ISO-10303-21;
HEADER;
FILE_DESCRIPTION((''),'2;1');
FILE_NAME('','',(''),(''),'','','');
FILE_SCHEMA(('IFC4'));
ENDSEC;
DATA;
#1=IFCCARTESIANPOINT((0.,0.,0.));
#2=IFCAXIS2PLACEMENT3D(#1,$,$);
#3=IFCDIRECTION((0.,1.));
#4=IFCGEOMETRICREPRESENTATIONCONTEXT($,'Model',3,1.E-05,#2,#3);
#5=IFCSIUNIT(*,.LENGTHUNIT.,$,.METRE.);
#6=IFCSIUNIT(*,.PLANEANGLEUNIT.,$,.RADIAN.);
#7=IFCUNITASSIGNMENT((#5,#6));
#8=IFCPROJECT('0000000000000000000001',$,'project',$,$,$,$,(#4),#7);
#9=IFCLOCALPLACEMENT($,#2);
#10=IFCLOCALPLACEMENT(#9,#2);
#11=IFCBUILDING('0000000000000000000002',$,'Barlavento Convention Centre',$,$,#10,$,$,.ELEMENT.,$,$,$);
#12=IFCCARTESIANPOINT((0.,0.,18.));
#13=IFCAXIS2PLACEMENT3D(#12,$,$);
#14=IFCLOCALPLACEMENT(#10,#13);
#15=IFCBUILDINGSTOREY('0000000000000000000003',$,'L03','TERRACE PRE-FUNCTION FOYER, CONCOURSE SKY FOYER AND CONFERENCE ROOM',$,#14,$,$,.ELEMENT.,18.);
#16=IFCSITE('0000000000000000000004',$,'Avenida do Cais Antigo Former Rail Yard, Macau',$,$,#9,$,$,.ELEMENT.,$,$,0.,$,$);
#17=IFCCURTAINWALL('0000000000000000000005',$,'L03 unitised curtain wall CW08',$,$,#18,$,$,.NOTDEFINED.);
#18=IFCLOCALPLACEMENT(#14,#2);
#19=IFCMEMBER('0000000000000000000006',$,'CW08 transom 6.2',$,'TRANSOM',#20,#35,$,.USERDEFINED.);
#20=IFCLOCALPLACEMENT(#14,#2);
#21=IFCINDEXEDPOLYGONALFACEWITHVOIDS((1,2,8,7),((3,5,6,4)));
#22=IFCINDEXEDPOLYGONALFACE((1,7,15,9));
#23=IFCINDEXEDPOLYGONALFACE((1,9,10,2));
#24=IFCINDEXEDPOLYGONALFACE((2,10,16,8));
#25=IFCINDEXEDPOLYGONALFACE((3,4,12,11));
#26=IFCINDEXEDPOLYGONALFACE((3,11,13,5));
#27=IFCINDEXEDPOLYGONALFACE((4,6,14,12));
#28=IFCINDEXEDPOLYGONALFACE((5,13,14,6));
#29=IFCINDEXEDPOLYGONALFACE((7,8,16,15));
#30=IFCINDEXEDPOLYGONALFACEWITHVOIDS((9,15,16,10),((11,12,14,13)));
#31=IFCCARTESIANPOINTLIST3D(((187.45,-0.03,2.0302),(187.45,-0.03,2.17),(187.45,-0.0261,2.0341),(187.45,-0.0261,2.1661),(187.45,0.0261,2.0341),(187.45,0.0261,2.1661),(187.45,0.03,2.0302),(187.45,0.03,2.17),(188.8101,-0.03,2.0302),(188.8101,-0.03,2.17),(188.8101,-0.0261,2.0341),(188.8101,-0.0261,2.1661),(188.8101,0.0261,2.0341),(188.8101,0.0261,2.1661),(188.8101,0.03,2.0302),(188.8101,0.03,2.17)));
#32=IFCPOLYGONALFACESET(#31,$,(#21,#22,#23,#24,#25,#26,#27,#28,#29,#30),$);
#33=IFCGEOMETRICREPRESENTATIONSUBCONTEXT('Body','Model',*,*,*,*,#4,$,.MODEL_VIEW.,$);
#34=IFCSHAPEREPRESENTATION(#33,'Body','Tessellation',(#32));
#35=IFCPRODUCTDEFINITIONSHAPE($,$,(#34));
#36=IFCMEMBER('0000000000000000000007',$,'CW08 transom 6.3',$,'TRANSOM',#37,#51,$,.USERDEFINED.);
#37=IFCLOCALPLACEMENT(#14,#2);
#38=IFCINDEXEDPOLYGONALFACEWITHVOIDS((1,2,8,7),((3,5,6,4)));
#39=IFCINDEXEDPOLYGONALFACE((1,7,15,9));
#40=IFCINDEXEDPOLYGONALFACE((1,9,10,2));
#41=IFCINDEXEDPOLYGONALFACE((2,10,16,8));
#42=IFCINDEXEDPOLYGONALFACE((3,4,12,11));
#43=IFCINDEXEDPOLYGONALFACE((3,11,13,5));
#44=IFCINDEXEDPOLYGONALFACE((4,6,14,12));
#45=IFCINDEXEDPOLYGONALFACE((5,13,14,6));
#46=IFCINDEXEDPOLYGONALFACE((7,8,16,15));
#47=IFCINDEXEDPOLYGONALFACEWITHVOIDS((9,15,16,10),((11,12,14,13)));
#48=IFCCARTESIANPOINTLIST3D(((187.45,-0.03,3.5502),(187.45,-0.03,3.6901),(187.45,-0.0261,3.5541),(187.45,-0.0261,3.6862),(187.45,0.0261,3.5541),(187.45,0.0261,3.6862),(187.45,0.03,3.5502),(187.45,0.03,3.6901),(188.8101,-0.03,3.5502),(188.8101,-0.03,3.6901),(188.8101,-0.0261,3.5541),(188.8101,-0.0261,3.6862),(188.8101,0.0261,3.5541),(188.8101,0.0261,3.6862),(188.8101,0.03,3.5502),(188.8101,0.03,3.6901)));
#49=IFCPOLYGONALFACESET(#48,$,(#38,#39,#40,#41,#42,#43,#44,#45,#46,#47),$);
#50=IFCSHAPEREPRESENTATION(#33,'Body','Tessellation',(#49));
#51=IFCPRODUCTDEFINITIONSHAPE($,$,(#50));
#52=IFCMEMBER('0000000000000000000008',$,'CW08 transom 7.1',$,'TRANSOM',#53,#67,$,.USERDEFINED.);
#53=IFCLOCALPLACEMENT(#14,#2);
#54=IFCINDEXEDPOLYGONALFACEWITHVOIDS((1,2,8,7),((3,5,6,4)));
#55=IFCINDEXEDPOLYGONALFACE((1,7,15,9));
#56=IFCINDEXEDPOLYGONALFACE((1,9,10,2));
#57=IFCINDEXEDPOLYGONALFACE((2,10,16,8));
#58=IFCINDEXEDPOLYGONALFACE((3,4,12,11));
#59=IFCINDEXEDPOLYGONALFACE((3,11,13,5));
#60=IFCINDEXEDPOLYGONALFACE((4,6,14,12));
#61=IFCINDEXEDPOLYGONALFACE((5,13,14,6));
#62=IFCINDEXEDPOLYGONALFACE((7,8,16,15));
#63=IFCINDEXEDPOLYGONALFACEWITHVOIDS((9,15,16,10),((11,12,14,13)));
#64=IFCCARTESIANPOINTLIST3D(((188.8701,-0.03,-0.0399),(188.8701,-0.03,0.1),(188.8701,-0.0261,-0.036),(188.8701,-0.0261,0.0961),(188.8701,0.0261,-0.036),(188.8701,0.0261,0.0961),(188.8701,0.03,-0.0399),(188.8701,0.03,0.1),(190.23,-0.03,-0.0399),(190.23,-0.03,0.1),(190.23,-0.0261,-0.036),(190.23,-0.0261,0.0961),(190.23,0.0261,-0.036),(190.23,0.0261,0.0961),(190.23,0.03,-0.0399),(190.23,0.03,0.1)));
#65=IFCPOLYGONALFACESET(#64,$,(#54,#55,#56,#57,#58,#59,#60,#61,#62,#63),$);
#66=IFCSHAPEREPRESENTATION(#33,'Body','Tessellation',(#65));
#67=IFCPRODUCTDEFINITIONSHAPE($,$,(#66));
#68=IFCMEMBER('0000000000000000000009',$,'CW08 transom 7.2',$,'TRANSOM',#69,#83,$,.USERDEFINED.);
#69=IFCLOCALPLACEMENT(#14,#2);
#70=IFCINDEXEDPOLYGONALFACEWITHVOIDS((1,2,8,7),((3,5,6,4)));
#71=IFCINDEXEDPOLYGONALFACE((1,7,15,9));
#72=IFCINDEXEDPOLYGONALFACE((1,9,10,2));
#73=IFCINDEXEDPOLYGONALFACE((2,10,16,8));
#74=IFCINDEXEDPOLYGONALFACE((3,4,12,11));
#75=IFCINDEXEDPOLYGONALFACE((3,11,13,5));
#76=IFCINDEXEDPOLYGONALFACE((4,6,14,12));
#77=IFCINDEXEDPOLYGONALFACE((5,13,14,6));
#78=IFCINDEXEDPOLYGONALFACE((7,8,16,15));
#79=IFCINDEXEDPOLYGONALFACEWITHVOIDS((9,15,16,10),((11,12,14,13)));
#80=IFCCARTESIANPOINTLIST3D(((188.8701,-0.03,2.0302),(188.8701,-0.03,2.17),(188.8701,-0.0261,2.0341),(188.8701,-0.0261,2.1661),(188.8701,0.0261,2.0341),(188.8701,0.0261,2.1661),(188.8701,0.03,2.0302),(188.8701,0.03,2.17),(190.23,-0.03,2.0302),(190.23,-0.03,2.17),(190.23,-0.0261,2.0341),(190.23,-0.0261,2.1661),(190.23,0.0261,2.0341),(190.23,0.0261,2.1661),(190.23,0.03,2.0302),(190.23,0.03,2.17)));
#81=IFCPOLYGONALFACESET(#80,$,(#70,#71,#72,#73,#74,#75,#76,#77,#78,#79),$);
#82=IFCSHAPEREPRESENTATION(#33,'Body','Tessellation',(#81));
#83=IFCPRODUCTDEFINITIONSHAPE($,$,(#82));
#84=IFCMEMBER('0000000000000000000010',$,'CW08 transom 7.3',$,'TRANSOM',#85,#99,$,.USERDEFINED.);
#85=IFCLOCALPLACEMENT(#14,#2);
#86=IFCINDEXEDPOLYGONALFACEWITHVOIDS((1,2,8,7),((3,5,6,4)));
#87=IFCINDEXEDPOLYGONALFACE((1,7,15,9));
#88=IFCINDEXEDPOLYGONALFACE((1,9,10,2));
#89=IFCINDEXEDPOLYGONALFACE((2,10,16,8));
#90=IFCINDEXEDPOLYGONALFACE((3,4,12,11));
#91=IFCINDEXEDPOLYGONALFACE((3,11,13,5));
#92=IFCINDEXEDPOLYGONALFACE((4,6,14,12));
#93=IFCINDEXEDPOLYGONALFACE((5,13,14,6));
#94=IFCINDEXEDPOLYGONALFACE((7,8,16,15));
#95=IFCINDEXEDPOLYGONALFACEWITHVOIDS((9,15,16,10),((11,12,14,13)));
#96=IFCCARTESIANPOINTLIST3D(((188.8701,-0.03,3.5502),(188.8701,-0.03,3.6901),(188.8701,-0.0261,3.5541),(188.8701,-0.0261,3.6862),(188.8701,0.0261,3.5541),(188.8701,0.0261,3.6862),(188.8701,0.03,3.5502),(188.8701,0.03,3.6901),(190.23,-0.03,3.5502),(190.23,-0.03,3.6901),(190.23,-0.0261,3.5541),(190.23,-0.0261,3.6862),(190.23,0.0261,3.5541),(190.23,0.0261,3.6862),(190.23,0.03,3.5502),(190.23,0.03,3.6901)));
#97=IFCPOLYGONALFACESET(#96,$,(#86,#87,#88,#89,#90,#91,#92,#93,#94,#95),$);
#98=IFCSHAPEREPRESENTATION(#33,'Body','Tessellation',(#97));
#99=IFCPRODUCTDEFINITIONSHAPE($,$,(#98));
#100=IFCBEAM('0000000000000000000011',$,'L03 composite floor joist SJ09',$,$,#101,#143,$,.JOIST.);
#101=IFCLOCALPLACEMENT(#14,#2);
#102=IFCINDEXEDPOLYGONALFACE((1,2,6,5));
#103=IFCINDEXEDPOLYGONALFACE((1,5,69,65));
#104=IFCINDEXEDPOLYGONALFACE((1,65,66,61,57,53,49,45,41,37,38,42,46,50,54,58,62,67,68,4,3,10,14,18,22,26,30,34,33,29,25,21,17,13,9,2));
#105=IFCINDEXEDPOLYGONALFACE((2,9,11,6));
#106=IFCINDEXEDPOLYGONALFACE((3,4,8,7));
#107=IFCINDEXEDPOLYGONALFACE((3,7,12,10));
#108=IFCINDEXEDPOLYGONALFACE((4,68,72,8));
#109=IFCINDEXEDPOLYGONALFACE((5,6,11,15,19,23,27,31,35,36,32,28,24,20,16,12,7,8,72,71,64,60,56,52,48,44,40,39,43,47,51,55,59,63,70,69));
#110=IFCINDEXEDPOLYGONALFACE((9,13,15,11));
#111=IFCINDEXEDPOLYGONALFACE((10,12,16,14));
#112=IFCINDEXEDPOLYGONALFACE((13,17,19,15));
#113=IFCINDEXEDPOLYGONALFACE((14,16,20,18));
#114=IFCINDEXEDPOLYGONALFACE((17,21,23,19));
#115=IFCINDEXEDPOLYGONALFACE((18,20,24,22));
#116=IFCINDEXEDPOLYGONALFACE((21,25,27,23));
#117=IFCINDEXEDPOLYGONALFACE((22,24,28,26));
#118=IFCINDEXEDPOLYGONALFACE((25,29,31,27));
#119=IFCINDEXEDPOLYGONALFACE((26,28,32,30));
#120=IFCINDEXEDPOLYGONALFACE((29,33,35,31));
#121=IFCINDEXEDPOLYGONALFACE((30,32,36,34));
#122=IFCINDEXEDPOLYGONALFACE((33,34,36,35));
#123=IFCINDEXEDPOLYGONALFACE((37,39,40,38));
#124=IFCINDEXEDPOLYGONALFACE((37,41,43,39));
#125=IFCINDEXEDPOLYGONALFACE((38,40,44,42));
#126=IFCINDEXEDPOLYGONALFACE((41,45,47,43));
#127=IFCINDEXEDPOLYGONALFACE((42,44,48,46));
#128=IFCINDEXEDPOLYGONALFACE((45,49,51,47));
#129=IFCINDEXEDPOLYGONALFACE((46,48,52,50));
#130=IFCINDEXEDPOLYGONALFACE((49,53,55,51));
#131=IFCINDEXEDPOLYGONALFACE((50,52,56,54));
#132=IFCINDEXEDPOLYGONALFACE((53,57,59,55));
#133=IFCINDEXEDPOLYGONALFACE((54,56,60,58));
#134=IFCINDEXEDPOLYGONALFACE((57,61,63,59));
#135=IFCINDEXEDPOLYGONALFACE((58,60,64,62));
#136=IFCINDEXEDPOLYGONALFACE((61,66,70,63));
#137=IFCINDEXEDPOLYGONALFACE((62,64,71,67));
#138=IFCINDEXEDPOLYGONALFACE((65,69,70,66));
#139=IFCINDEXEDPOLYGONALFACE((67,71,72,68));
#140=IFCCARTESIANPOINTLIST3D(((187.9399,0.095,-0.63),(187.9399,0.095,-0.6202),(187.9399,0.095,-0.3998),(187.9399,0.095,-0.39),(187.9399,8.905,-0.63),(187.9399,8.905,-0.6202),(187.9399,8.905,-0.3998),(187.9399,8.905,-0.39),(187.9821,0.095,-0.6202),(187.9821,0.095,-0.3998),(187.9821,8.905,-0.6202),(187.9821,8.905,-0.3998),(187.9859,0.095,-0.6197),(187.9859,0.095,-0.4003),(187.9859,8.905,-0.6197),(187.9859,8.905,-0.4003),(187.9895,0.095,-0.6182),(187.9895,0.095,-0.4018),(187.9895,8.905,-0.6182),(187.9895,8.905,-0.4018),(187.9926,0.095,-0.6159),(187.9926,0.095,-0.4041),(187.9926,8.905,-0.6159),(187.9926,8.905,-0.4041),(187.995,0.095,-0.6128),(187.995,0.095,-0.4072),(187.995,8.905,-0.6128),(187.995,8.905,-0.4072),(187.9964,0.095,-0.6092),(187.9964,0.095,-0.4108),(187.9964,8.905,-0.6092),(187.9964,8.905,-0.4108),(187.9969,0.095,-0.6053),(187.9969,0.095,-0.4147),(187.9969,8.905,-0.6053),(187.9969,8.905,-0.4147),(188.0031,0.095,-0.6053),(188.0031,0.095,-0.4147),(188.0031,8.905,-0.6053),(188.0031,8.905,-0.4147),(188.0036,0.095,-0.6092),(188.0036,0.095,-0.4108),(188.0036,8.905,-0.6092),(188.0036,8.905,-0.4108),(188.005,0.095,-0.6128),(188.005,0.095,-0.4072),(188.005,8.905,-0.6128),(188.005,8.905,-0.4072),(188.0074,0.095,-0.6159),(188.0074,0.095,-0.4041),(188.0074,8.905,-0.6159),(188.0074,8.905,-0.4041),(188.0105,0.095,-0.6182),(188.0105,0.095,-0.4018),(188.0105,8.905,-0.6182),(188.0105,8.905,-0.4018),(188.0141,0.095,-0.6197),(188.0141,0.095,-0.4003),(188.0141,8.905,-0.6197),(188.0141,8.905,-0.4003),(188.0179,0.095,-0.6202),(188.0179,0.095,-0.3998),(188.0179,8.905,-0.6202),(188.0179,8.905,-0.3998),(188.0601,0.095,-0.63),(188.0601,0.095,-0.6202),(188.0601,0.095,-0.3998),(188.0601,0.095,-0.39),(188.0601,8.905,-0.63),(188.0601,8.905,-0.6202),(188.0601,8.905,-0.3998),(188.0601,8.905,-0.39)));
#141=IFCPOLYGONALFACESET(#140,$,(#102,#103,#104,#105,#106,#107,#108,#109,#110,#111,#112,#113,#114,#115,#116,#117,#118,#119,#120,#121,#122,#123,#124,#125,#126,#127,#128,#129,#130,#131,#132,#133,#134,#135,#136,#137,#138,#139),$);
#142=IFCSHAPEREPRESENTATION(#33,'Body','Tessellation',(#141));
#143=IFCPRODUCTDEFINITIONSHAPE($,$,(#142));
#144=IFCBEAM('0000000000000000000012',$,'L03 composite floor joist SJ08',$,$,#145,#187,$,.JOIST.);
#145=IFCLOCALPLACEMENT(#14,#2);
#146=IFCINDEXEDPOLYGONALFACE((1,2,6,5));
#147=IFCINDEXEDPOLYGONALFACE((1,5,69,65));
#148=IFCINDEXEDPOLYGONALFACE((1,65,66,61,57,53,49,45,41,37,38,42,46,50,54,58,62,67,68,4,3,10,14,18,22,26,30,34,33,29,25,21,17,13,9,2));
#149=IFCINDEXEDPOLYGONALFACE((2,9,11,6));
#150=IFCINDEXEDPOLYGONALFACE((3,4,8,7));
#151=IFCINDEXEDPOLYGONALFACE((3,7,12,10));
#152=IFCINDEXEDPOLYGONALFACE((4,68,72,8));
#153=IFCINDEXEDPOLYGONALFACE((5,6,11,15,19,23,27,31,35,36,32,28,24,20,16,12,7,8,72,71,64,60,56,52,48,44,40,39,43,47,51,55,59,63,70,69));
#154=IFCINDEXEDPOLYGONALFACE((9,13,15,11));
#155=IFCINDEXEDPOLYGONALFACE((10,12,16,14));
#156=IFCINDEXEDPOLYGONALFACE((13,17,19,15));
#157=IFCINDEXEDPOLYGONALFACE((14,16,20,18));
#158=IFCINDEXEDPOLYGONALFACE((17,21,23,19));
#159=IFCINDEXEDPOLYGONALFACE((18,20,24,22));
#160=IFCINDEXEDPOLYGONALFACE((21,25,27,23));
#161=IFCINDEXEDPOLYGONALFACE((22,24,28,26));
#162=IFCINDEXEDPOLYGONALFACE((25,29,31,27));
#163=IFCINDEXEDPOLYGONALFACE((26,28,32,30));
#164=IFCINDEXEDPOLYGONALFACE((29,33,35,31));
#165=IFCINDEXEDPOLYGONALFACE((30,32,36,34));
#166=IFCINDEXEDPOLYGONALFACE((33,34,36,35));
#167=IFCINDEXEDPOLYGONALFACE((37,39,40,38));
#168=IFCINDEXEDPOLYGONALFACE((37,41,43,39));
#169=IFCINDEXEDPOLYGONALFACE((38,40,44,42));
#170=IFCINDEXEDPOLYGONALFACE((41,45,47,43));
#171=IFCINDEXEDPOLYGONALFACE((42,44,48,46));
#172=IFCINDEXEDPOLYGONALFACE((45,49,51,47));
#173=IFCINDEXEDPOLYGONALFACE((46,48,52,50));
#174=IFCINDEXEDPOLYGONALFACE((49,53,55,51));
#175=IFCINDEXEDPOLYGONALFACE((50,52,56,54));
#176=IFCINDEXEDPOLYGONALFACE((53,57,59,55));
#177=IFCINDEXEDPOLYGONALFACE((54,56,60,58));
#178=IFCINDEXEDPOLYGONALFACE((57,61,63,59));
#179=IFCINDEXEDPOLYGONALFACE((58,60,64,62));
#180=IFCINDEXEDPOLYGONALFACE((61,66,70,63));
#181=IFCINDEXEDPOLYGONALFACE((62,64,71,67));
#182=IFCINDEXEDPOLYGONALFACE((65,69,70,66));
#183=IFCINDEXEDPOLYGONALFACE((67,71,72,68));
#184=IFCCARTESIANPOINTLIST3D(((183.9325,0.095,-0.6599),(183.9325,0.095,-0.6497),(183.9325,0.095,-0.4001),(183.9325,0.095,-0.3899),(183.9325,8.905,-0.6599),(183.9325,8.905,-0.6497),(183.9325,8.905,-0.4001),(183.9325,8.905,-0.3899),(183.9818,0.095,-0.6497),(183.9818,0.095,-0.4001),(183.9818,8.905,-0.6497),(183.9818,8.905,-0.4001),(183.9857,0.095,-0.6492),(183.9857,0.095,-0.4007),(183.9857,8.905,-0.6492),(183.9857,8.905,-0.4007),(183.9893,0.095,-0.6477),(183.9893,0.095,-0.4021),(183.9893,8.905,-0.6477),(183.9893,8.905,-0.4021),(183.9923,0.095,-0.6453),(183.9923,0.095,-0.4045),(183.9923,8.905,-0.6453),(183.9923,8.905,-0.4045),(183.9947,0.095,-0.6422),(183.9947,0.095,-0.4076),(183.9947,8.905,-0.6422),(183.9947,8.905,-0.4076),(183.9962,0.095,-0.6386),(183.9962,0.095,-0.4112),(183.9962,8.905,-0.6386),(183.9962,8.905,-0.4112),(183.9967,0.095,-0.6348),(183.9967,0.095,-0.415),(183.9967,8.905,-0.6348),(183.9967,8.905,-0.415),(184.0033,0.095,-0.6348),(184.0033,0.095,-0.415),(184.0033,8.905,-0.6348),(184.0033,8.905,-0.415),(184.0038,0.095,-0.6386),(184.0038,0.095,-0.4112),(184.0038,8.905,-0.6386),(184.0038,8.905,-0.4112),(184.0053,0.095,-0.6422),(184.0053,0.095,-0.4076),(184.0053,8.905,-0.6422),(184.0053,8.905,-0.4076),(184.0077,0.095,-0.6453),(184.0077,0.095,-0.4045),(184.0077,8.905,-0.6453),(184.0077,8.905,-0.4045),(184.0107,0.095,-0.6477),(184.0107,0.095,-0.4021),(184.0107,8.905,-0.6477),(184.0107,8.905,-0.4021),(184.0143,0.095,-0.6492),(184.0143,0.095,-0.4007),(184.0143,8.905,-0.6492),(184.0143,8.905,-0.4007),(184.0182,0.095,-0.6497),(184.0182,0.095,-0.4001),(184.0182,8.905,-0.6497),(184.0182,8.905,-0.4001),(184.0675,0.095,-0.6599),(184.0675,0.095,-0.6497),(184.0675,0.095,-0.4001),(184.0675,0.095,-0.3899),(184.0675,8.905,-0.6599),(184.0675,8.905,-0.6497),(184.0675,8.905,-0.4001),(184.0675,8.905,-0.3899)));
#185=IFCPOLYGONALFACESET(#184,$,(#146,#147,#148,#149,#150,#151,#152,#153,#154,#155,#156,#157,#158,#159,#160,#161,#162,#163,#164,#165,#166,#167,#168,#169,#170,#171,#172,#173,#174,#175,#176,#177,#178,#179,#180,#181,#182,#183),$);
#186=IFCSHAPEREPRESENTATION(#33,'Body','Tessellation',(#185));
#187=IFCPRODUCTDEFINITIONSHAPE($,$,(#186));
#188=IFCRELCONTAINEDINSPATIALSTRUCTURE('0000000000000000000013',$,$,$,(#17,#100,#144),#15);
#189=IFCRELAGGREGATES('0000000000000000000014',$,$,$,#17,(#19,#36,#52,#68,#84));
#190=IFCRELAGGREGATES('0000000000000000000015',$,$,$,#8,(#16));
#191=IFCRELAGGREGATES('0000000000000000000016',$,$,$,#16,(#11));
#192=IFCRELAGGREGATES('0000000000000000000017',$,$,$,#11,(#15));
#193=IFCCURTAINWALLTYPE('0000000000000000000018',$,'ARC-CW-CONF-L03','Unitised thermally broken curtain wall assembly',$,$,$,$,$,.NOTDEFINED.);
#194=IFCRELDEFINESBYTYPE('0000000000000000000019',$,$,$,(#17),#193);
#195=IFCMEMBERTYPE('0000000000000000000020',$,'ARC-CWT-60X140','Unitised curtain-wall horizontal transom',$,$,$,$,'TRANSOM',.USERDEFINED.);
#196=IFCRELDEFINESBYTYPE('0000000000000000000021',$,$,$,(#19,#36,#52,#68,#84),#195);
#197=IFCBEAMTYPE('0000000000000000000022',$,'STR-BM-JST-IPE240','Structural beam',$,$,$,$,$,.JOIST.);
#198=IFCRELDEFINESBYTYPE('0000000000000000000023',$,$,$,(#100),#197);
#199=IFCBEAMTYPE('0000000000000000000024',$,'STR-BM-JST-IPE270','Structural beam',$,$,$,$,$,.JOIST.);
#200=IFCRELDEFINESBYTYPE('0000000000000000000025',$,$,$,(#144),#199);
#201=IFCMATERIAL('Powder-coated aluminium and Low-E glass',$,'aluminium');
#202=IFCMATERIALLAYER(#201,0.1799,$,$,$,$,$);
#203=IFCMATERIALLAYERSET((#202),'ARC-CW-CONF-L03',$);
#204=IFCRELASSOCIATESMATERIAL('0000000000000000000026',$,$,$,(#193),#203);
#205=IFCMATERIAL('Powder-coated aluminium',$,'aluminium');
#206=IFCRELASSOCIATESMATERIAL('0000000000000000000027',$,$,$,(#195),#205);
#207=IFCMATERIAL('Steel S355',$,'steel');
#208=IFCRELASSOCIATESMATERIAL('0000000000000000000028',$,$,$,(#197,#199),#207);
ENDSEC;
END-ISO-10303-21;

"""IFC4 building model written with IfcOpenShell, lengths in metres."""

from ifc_helpers import new_model, si_unit, direction, frame, origin, origin_2d, place, context, subcontext, project, spatial, hollow_rectangle, i_section, extrude, material, layer, layer_set, material_profile, profile_set, type_object, element, aggregate, save


model = new_model("IFC4")

# Units and contexts
model_context = context("Model", 3, precision=1e-05, world=origin(), true_north=direction((0.0, 1.0)))
body_context = subcontext(model_context, "Body", "Model", "MODEL_VIEW")
ifc_project = project(units=[si_unit("LENGTHUNIT", "METRE"), si_unit("PLANEANGLEUNIT", "RADIAN")], contexts=[model_context])

# Site, building, storey
site_placement = place(None, origin())
site = spatial("IfcSite", under=ifc_project, at=site_placement, Name="Avenida do Cais Antigo Former Rail Yard, Macau", CompositionType="ELEMENT", RefElevation=0.0)
building_placement = place(site_placement, origin())
building = spatial("IfcBuilding", under=site, at=building_placement, Name="Barlavento Convention Centre", CompositionType="ELEMENT")
storey_placement = place(building_placement, frame((0.0, 0.0, 18.0)))
storey = spatial("IfcBuildingStorey", under=building, at=storey_placement, Name="L03", Description="TERRACE PRE-FUNCTION FOYER, CONCOURSE SKY FOYER AND CONFERENCE ROOM", CompositionType="ELEMENT", Elevation=18.0)

# Curtain wall, members
ifc_material_1 = material(Name="Powder-coated aluminium and Low-E glass", Category="aluminium")
ifc_layer_1 = layer(ifc_material_1, 0.1799)
ifc_layer_set_1 = layer_set([ifc_layer_1], Name="ARC-CW-CONF-L03")
curtain_wall_type = type_object("IfcCurtainWallType", Name="ARC-CW-CONF-L03", Description="Unitised thermally broken curtain wall assembly", PredefinedType="NOTDEFINED", material=ifc_layer_set_1)
curtain_wall_placement = place(storey_placement, origin())
curtain_wall = element("IfcCurtainWall", 1, at=curtain_wall_placement, inside=storey, type_object=curtain_wall_type, Name="L03 unitised curtain wall CW08", PredefinedType="NOTDEFINED")
ifc_material_2 = material(Name="Powder-coated aluminium", Category="aluminium")
ifc_material_profile_1 = material_profile(ifc_material_2, hollow_rectangle(XDim=0.0601, YDim=0.1399, WallThickness=0.0039, at=origin_2d()), Name="AL-TRAN 60x140x4")
ifc_profile_set_1 = profile_set([ifc_material_profile_1], Name="Powder-coated aluminium")
member_type_1 = type_object("IfcMemberType", Name="ARC-CWT-60X140", Description="Unitised curtain-wall horizontal transom", ElementType="TRANSOM", PredefinedType="USERDEFINED", material=ifc_profile_set_1)
member_1_placement = place(storey_placement, frame((187.45, 0.0, 2.1001), z_axis=(1.0, 0.0, 0.0), x_axis=(0.0, 1.0, 0.0)))
member_1 = element("IfcMember", 2, at=member_1_placement, type_object=member_type_1, Name="CW08 transom 6.2", ObjectType="TRANSOM", PredefinedType="USERDEFINED", context=body_context, shape_type="SweptSolid", body=[
    extrude(hollow_rectangle(XDim=0.0601, YDim=0.1399, WallThickness=0.0039, at=origin_2d()), origin(), (0.0, 0.0, 1.0), 1.3601),
])
member_2_placement = place(storey_placement, frame((187.45, 0.0, 3.6201), z_axis=(1.0, 0.0, 0.0), x_axis=(0.0, 1.0, 0.0)))
member_2 = element("IfcMember", 3, at=member_2_placement, type_object=member_type_1, Name="CW08 transom 6.3", ObjectType="TRANSOM", PredefinedType="USERDEFINED", context=body_context, shape_type="SweptSolid", body=[
    extrude(hollow_rectangle(XDim=0.0601, YDim=0.1399, WallThickness=0.0039, at=origin_2d()), origin(), (0.0, 0.0, 1.0), 1.3601),
])
member_3_placement = place(storey_placement, frame((188.8701, 0.0, 0.03), z_axis=(1.0, 0.0, 0.0), x_axis=(0.0, 1.0, 0.0)))
member_3 = element("IfcMember", 4, at=member_3_placement, type_object=member_type_1, Name="CW08 transom 7.1", ObjectType="TRANSOM", PredefinedType="USERDEFINED", context=body_context, shape_type="SweptSolid", body=[
    extrude(hollow_rectangle(XDim=0.0601, YDim=0.1399, WallThickness=0.0039, at=origin_2d()), origin(), (0.0, 0.0, 1.0), 1.3599),
])
member_4_placement = place(storey_placement, frame((188.8701, 0.0, 2.1001), z_axis=(1.0, 0.0, 0.0), x_axis=(0.0, 1.0, 0.0)))
member_4 = element("IfcMember", 5, at=member_4_placement, type_object=member_type_1, Name="CW08 transom 7.2", ObjectType="TRANSOM", PredefinedType="USERDEFINED", context=body_context, shape_type="SweptSolid", body=[
    extrude(hollow_rectangle(XDim=0.0601, YDim=0.1399, WallThickness=0.0039, at=origin_2d()), origin(), (0.0, 0.0, 1.0), 1.3599),
])
member_5_placement = place(storey_placement, frame((188.8701, 0.0, 3.6201), z_axis=(1.0, 0.0, 0.0), x_axis=(0.0, 1.0, 0.0)))
member_5 = element("IfcMember", 6, at=member_5_placement, type_object=member_type_1, Name="CW08 transom 7.3", ObjectType="TRANSOM", PredefinedType="USERDEFINED", context=body_context, shape_type="SweptSolid", body=[
    extrude(hollow_rectangle(XDim=0.0601, YDim=0.1399, WallThickness=0.0039, at=origin_2d()), origin(), (0.0, 0.0, 1.0), 1.3599),
])

# Beams
ifc_material_3 = material(Name="Steel S355", Category="steel")
ifc_material_profile_2 = material_profile(ifc_material_3, i_section(OverallWidth=0.1201, OverallDepth=0.24, WebThickness=0.0061, FlangeThickness=0.0098, FilletRadius=0.0149, at=origin_2d()), Name="IPE 240")
ifc_profile_set_2 = profile_set([ifc_material_profile_2], Name="Steel S355")
beam_type_1 = type_object("IfcBeamType", Name="STR-BM-JST-IPE240", Description="Structural beam", PredefinedType="JOIST", material=ifc_profile_set_2)
beam_1_placement = place(storey_placement, frame((188.0, 0.095, -0.51), z_axis=(0.0, 1.0, 0.0), x_axis=(-1.0, 0.0, 0.0)))
element("IfcBeam", 7, at=beam_1_placement, inside=storey, type_object=beam_type_1, Name="L03 composite floor joist SJ09", PredefinedType="JOIST", context=body_context, shape_type="SweptSolid", body=[
    extrude(i_section(OverallWidth=0.1201, OverallDepth=0.24, WebThickness=0.0061, FlangeThickness=0.0098, FilletRadius=0.0149, at=origin_2d()), origin(), (0.0, 0.0, 1.0), 8.8101),
])
ifc_material_profile_3 = material_profile(ifc_material_3, i_section(OverallWidth=0.135, OverallDepth=0.27, WebThickness=0.0066, FlangeThickness=0.0103, FilletRadius=0.0149, at=origin_2d()), Name="IPE 270")
ifc_profile_set_3 = profile_set([ifc_material_profile_3], Name="Steel S355")
beam_type_2 = type_object("IfcBeamType", Name="STR-BM-JST-IPE270", Description="Structural beam", PredefinedType="JOIST", material=ifc_profile_set_3)
beam_2_placement = place(storey_placement, frame((184.0, 0.095, -0.5249), z_axis=(0.0, 1.0, 0.0), x_axis=(-1.0, 0.0, 0.0)))
element("IfcBeam", 8, at=beam_2_placement, inside=storey, type_object=beam_type_2, Name="L03 composite floor joist SJ08", PredefinedType="JOIST", context=body_context, shape_type="SweptSolid", body=[
    extrude(i_section(OverallWidth=0.135, OverallDepth=0.27, WebThickness=0.0066, FlangeThickness=0.0103, FilletRadius=0.0149, at=origin_2d()), origin(), (0.0, 0.0, 1.0), 8.8101),
])

aggregate(curtain_wall, [member_1, member_2, member_3, member_4, member_5])

save(model, "model.ifc")
